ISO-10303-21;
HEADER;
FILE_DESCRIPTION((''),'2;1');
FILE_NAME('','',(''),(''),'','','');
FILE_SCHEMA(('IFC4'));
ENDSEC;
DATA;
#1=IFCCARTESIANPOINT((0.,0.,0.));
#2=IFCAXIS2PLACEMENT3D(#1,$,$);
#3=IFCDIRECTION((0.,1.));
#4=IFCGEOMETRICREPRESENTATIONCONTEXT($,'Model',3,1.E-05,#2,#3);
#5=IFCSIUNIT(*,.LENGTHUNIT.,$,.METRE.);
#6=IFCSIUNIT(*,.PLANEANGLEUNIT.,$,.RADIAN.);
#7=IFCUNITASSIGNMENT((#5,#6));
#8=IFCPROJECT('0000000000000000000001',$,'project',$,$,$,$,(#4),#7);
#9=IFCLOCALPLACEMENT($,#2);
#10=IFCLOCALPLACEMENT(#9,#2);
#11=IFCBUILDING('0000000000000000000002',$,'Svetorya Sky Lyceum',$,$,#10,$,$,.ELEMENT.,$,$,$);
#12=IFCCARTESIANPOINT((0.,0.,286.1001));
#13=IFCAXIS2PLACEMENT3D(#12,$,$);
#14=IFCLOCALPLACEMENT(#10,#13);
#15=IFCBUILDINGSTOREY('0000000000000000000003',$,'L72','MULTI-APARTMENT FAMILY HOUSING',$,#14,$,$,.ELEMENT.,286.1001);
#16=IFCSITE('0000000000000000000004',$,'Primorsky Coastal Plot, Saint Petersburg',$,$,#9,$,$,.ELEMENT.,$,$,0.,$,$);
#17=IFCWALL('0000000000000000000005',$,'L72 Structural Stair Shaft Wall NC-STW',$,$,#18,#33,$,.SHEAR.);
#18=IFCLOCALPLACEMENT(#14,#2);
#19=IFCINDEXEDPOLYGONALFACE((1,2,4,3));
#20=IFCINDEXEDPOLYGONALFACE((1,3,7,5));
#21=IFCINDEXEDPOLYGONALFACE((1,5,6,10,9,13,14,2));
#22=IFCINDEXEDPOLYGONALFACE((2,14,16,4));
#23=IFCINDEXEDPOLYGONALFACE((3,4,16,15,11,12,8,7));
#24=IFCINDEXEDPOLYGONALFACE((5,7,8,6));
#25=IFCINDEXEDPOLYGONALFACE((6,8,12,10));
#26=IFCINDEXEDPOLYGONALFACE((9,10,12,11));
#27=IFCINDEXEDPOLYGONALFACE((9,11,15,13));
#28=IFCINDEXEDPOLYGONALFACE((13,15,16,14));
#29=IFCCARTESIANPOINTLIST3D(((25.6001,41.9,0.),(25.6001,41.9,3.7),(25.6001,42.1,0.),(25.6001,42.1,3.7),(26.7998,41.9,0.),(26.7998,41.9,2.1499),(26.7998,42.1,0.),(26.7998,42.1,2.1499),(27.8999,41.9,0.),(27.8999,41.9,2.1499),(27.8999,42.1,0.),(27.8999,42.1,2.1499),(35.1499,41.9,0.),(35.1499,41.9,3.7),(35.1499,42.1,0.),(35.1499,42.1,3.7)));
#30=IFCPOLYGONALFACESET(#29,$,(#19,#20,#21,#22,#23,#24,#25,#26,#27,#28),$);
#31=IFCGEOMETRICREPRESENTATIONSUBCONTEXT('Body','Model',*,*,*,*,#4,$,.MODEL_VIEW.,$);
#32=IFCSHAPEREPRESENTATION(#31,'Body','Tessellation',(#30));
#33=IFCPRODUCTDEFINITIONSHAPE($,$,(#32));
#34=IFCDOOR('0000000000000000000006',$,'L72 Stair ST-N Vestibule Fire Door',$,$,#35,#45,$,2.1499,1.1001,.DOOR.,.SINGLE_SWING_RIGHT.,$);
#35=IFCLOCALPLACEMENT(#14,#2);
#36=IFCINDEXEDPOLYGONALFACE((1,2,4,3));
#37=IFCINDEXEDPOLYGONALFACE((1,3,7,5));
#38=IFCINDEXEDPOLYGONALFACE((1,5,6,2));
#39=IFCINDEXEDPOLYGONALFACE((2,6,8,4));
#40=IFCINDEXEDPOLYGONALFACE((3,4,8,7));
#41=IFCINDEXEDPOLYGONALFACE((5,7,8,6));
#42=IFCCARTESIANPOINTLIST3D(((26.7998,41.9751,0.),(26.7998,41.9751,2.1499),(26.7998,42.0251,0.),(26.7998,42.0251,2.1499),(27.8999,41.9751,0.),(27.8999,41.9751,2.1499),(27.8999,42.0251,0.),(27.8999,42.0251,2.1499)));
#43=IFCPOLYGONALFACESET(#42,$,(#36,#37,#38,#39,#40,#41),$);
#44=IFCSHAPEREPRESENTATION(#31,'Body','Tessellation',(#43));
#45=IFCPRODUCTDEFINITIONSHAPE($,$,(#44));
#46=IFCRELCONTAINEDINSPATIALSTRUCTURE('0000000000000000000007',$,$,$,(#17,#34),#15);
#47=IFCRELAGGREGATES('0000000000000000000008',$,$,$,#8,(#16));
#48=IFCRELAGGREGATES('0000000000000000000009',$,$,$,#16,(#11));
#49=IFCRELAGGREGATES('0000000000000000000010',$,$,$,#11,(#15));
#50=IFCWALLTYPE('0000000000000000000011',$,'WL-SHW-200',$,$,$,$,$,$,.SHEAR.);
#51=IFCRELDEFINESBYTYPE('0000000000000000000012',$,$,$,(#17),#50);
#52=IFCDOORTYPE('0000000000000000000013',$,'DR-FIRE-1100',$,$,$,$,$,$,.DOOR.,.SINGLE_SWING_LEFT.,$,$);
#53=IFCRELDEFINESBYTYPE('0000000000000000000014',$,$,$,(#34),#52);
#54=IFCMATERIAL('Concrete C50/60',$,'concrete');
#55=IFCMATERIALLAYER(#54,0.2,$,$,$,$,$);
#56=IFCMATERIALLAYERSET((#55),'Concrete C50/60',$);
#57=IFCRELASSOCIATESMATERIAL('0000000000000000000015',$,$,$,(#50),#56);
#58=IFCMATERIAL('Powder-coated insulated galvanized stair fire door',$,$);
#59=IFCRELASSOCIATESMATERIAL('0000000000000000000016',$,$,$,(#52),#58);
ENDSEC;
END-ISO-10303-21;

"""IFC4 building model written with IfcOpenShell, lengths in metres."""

from ifc_helpers import new_model, si_unit, direction, frame, frame_2d, origin, place, context, subcontext, project, spatial, rectangle, extrude, material, layer, layer_set, type_object, element, fill, save


model = new_model("IFC4")

# Units and contexts
model_context = context("Model", 3, precision=1e-05, world=origin(), true_north=direction((0.0, 1.0)))
body_context = subcontext(model_context, "Body", "Model", "MODEL_VIEW")
ifc_project = project(units=[si_unit("LENGTHUNIT", "METRE"), si_unit("PLANEANGLEUNIT", "RADIAN")], contexts=[model_context])

# Site, building, storey
site_placement = place(None, origin())
site = spatial("IfcSite", under=ifc_project, at=site_placement, Name="Primorsky Coastal Plot, Saint Petersburg", CompositionType="ELEMENT", RefElevation=0.0)
building_placement = place(site_placement, origin())
building = spatial("IfcBuilding", under=site, at=building_placement, Name="Svetorya Sky Lyceum", CompositionType="ELEMENT")
storey_placement = place(building_placement, frame((0.0, 0.0, 286.1001)))
storey = spatial("IfcBuildingStorey", under=building, at=storey_placement, Name="L72", Description="MULTI-APARTMENT FAMILY HOUSING", CompositionType="ELEMENT", Elevation=286.1001)

# Wall, opening, door
ifc_material_1 = material(Name="Concrete C50/60", Category="concrete")
ifc_layer_1 = layer(ifc_material_1, 0.2)
ifc_layer_set_1 = layer_set([ifc_layer_1], Name="Concrete C50/60")
wall_type_1 = type_object("IfcWallType", Name="WL-SHW-200", PredefinedType="SHEAR", material=ifc_layer_set_1)
wall_1_placement = place(storey_placement, frame((35.1499, 42.0, 0.0), z_axis=(0.0, 0.0, 1.0), x_axis=(-1.0, 0.0, 0.0)))
wall_1 = element("IfcWall", 1, at=wall_1_placement, inside=storey, type_object=wall_type_1, Name="L72 Structural Stair Shaft Wall NC-STW", PredefinedType="SHEAR", context=body_context, shape_type="SweptSolid", body=[
    extrude(rectangle(XDim=9.5498, YDim=0.2, at=frame_2d((4.7749, 0.0))), origin(), (0.0, 0.0, 1.0), 3.7),
])
opening_1_placement = place(wall_1_placement, frame((7.25, 0.0, 0.0)))
opening_1 = element("IfcOpeningElement", 2, at=opening_1_placement, cuts=wall_1, PredefinedType="OPENING", context=body_context, shape_type="SweptSolid", body=[
    extrude(rectangle(XDim=1.1001, YDim=2.1499, at=frame_2d((0.55, 1.075))), frame((0.0, 0.1099, 0.0), z_axis=(0.0, -1.0, 0.0), x_axis=(1.0, 0.0, 0.0)), (0.0, 0.0, 1.0), 0.22),
])
ifc_material_2 = material(Name="Powder-coated insulated galvanized stair fire door")
door_type_1 = type_object("IfcDoorType", Name="DR-FIRE-1100", OperationType="SINGLE_SWING_LEFT", PredefinedType="DOOR", material=ifc_material_2)
door_1_placement = place(opening_1_placement, origin())
door_1 = element("IfcDoor", 3, at=door_1_placement, inside=storey, type_object=door_type_1, Name="L72 Stair ST-N Vestibule Fire Door", OperationType="SINGLE_SWING_RIGHT", OverallHeight=2.1499, OverallWidth=1.1001, PredefinedType="DOOR", context=body_context, shape_type="SweptSolid", body=[
    extrude(rectangle(XDim=1.1001, YDim=2.1499, at=frame_2d((0.55, 1.075))), frame((0.0, 0.0249, 0.0), z_axis=(0.0, -1.0, 0.0), x_axis=(1.0, 0.0, 0.0)), (0.0, 0.0, 1.0), 0.05),
])
fill(opening_1, door_1)

save(model, "model.ifc")
